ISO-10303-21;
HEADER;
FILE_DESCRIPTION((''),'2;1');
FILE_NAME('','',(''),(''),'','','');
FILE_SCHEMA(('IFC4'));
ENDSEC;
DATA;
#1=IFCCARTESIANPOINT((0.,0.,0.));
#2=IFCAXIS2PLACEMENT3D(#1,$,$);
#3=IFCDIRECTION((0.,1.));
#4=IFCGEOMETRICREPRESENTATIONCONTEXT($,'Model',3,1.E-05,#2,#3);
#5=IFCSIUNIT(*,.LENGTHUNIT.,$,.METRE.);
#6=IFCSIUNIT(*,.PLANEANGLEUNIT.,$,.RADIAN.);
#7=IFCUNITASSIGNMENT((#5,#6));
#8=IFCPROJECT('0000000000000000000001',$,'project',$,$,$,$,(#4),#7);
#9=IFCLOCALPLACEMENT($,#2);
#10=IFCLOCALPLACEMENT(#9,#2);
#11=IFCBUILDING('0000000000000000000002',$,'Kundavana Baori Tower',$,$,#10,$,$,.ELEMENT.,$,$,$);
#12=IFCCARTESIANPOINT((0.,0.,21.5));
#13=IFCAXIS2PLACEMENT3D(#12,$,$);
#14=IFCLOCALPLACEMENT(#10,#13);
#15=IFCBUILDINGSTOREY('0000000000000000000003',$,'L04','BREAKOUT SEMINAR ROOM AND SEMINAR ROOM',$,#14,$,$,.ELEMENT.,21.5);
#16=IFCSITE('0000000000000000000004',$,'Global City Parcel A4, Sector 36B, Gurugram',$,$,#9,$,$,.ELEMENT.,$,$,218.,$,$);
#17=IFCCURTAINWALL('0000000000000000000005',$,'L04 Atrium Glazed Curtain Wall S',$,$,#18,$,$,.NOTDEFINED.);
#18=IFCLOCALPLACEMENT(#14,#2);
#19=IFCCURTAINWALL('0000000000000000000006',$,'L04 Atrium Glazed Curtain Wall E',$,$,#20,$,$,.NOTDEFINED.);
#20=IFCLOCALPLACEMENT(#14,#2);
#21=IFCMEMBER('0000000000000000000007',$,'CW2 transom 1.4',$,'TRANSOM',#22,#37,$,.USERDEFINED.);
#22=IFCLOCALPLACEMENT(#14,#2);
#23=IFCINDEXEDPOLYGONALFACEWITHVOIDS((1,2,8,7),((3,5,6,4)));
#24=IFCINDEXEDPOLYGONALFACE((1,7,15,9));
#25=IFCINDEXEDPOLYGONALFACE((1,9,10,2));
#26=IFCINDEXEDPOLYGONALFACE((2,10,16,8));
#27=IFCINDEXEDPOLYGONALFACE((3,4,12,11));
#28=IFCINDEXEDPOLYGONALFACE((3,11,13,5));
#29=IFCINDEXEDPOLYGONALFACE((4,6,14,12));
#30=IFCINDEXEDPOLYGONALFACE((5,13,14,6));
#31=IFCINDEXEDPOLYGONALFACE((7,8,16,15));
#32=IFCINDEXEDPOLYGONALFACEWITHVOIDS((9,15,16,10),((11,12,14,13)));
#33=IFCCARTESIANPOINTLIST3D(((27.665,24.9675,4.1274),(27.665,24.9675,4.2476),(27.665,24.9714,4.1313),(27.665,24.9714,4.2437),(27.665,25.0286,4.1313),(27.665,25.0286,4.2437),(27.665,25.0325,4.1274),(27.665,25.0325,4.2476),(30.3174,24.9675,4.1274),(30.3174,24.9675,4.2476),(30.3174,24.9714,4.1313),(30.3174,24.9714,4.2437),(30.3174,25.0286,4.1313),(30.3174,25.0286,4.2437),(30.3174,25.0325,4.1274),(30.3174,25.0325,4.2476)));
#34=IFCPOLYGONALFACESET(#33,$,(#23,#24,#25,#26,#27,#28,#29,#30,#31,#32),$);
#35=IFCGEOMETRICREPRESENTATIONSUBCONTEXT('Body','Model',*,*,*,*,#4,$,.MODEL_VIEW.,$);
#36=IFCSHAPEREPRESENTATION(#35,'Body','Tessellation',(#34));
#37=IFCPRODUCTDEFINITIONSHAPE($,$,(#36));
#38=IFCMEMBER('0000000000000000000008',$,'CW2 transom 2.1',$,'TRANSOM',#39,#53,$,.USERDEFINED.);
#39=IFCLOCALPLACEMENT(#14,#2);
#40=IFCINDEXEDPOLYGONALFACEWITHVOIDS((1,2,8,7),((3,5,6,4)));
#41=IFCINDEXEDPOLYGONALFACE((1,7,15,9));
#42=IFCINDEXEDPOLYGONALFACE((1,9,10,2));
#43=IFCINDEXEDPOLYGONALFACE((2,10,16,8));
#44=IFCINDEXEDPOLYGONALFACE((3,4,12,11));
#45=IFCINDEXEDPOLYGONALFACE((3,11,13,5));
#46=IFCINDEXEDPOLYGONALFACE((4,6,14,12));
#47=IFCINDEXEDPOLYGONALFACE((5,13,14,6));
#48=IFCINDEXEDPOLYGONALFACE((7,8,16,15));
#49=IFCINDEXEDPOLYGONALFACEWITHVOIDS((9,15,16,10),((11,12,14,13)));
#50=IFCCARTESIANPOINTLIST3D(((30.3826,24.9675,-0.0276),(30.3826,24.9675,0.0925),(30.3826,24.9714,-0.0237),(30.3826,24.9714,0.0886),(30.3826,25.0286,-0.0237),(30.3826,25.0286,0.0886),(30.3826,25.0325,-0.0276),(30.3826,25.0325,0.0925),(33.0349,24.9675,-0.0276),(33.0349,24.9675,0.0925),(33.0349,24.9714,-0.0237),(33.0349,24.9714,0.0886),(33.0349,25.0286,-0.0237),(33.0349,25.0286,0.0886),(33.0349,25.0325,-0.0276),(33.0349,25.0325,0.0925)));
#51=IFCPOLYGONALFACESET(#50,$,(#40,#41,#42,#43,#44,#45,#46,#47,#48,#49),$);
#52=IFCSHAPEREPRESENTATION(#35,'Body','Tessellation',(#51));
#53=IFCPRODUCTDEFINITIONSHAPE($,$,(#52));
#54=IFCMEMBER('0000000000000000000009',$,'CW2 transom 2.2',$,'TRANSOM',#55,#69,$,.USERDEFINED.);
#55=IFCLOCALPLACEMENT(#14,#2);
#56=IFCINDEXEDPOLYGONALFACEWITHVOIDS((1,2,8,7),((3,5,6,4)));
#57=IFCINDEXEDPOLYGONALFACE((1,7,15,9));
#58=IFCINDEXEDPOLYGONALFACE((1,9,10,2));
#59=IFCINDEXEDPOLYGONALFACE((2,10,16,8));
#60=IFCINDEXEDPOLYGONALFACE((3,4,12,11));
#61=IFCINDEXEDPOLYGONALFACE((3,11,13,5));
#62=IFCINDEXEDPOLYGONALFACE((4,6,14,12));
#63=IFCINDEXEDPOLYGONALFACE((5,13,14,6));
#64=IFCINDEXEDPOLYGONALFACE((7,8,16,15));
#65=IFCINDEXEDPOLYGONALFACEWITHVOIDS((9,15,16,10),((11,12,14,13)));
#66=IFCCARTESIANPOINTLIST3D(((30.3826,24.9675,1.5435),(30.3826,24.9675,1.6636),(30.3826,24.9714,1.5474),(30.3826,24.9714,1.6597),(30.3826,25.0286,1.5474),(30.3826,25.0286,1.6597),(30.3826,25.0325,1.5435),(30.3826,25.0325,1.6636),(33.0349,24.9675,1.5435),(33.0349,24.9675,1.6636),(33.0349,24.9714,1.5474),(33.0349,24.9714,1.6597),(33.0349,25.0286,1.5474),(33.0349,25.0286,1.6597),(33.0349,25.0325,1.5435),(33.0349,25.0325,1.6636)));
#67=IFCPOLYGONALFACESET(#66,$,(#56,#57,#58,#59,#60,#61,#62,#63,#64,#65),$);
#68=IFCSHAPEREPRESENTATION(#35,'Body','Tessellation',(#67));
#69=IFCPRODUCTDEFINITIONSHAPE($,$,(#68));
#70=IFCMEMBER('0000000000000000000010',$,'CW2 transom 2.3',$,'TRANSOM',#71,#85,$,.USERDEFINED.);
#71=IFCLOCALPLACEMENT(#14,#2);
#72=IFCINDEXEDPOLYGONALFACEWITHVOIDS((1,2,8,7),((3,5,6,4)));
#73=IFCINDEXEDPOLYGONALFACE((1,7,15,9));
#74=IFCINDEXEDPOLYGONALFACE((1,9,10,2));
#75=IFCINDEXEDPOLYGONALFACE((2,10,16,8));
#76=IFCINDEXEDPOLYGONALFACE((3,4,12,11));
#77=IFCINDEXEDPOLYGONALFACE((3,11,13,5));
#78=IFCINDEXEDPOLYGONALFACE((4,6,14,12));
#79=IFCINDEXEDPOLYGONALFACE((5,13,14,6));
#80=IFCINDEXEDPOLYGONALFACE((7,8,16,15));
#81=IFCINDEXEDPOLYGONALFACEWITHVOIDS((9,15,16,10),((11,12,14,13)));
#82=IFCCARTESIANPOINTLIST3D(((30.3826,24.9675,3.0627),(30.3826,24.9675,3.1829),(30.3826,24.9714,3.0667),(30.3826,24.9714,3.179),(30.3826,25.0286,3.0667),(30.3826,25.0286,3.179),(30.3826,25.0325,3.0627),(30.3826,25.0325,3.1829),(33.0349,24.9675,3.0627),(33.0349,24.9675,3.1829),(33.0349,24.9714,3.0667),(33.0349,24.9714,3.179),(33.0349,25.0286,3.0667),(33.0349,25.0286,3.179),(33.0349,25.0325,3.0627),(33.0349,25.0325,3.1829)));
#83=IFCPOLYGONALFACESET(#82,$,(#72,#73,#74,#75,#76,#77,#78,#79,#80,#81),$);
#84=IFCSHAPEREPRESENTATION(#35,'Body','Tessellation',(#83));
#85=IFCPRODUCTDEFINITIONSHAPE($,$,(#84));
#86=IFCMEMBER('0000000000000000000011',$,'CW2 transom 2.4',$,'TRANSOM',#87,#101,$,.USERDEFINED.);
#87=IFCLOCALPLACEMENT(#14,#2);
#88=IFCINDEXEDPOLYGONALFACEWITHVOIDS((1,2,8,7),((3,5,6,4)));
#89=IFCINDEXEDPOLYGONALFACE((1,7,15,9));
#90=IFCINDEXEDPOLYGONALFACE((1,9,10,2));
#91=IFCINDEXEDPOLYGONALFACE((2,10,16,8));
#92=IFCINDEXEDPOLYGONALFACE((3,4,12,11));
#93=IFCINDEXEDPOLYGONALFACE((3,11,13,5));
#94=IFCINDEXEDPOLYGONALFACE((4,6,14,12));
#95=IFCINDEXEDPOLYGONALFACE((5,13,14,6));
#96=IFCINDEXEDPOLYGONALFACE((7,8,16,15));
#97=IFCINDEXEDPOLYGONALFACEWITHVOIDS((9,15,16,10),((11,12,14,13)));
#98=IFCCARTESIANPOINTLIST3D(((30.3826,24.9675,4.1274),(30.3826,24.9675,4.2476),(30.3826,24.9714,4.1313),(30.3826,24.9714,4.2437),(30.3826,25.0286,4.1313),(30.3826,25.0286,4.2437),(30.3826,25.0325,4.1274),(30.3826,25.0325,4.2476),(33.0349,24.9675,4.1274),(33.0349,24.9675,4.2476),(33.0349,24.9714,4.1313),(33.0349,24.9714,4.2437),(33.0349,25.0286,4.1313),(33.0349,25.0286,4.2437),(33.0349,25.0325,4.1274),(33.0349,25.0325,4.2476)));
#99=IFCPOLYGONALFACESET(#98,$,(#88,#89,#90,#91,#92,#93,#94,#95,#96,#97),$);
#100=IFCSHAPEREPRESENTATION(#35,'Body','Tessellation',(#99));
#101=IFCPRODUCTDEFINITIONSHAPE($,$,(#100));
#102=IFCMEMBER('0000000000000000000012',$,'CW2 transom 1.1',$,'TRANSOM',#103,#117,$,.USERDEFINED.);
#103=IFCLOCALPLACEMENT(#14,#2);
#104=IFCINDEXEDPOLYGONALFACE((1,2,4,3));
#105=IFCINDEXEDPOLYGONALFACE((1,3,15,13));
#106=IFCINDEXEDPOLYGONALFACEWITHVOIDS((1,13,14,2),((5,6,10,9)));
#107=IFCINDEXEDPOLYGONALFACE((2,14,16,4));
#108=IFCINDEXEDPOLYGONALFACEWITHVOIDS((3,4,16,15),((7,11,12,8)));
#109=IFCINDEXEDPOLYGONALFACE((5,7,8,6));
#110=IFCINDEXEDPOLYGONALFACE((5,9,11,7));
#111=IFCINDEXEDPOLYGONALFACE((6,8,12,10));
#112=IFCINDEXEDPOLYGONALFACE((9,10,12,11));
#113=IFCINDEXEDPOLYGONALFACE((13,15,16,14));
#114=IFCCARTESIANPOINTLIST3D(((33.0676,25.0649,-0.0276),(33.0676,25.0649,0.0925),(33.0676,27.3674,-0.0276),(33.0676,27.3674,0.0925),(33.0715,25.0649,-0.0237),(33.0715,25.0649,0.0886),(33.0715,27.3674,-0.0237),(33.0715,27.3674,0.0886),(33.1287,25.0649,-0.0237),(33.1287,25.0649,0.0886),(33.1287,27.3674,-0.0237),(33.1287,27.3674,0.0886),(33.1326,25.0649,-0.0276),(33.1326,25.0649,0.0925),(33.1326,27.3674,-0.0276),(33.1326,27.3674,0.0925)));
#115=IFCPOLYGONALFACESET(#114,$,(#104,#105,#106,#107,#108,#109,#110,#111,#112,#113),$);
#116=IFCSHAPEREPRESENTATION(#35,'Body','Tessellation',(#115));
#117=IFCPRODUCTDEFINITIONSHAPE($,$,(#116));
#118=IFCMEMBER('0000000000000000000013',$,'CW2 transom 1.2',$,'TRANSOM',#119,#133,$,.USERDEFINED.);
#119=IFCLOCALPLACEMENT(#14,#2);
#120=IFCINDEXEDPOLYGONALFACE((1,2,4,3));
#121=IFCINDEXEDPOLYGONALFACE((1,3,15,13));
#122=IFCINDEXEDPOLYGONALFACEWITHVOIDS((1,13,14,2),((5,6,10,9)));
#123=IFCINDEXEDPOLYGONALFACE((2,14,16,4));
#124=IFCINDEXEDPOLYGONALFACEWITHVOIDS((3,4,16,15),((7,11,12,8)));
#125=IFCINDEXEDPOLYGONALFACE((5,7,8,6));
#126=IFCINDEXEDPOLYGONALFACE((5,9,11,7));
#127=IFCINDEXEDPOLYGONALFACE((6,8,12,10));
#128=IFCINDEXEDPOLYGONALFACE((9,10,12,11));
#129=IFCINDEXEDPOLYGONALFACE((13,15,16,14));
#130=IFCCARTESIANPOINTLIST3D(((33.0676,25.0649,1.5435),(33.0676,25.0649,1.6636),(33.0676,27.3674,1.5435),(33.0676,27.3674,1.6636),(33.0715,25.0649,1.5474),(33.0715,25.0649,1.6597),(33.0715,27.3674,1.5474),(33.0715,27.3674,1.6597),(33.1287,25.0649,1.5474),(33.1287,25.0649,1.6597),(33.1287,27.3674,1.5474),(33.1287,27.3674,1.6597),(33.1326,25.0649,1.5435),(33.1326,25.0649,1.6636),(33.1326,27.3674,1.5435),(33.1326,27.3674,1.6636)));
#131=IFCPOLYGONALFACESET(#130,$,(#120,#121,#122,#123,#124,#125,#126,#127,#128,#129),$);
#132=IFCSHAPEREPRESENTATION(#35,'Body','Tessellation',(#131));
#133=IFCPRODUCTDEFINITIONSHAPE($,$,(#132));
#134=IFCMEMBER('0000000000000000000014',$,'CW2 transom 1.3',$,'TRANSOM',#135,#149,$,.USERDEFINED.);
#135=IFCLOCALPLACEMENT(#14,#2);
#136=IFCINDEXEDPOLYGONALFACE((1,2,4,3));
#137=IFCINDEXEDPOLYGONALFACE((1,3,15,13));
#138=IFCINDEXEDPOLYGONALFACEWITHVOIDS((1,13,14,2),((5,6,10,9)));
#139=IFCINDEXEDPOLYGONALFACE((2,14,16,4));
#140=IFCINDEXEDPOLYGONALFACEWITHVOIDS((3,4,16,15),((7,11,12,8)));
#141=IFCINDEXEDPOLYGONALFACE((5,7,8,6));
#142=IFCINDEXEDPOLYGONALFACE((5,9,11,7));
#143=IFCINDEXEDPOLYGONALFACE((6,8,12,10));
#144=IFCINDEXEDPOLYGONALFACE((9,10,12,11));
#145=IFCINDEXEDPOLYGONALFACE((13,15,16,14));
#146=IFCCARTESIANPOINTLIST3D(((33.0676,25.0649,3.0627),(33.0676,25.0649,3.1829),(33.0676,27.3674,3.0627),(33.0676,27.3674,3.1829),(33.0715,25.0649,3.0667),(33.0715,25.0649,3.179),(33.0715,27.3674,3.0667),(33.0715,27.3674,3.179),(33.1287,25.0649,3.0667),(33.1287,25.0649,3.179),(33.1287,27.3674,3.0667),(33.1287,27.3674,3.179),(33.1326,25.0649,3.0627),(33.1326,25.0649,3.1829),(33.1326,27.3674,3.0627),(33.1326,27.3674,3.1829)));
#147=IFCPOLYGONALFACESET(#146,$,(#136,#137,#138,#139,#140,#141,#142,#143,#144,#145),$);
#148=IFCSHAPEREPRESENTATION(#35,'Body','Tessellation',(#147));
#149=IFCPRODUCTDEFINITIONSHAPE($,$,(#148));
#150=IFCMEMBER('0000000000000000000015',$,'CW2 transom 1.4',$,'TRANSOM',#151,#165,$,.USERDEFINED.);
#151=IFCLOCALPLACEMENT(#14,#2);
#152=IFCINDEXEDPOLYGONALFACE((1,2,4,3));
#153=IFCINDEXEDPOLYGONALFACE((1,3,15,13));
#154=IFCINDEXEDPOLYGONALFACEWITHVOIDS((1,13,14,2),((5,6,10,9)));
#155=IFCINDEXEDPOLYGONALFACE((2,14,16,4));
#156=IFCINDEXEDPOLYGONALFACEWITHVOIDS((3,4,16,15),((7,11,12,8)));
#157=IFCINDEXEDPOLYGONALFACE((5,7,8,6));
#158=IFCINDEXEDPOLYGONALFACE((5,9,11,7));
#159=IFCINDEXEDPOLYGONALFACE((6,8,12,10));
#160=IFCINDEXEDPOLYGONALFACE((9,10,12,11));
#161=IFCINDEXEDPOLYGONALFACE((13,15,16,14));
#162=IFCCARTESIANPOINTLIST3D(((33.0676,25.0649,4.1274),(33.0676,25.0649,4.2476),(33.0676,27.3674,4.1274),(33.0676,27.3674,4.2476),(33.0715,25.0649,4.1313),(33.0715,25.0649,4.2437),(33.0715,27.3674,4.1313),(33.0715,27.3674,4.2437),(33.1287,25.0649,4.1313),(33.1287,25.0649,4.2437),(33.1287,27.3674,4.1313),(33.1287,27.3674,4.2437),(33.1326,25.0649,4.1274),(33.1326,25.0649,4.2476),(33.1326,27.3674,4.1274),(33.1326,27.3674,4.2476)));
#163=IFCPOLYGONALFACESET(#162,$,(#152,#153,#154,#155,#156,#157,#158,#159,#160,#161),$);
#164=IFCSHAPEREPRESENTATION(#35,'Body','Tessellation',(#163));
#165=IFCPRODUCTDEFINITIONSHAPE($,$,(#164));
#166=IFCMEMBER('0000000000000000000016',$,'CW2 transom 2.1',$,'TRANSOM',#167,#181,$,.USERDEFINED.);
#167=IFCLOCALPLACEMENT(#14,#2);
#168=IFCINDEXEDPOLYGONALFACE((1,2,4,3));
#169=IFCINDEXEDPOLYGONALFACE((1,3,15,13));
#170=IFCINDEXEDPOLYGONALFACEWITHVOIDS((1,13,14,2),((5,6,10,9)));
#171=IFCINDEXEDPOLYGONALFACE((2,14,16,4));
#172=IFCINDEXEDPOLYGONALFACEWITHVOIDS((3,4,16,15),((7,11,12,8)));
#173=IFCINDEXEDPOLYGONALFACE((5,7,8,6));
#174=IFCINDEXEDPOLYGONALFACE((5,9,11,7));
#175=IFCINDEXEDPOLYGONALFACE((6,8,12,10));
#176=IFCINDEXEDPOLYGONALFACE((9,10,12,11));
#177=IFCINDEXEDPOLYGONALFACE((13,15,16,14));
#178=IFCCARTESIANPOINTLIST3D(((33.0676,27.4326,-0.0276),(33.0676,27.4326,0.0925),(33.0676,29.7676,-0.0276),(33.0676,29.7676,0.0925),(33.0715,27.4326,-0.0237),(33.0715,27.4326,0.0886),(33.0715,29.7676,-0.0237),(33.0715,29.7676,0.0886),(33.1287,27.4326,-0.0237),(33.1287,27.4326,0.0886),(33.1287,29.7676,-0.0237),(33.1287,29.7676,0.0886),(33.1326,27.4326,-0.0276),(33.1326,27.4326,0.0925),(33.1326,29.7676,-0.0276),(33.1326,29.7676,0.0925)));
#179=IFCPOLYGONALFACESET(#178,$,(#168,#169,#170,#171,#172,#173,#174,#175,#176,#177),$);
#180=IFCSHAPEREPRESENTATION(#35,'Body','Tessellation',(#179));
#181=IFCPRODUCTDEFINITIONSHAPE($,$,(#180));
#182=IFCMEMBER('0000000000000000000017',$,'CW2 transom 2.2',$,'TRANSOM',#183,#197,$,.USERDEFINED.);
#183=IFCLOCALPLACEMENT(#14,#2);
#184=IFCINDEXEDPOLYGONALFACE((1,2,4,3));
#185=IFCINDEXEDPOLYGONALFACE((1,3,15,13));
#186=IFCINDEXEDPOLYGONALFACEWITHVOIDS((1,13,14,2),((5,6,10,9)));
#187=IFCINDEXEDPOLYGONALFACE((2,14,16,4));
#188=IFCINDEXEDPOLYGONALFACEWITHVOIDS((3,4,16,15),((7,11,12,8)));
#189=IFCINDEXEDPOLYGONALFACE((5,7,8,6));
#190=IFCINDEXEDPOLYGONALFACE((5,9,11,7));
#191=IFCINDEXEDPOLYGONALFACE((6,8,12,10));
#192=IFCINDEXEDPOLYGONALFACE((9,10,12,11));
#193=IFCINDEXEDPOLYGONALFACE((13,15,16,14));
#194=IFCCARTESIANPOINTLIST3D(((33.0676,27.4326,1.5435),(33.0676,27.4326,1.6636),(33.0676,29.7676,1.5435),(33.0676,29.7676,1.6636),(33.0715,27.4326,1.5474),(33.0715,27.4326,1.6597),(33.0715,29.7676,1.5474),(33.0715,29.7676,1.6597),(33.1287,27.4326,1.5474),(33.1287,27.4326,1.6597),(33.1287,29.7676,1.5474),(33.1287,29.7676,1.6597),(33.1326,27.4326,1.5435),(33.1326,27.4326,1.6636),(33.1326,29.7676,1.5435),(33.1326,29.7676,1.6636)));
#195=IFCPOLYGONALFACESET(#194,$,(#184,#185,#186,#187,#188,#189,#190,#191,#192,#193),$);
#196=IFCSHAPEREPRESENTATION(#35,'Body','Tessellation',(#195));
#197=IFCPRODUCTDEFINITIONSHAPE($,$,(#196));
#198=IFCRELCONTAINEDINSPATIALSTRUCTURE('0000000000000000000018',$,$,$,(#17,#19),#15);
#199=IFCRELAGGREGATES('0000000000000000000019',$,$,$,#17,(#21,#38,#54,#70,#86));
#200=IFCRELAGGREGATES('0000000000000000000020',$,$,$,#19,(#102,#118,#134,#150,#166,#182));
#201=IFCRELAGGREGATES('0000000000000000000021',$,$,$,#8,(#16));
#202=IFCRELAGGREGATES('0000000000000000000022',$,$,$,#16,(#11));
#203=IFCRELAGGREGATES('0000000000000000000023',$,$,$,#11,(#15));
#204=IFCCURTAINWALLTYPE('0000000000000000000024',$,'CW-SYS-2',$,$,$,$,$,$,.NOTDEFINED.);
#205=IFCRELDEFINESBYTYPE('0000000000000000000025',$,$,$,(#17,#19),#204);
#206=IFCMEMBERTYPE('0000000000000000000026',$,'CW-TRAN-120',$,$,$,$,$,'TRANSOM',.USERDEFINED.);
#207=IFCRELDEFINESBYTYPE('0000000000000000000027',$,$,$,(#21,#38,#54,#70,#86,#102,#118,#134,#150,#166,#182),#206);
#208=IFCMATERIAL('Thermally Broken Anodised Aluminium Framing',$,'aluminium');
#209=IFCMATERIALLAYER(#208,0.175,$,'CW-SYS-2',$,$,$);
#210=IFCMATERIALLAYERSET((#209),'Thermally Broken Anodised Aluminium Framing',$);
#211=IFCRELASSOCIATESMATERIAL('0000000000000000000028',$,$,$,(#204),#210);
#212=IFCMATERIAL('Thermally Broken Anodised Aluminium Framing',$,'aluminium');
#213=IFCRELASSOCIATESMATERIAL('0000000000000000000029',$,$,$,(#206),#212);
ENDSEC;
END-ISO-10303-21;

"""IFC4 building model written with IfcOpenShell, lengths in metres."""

from ifc_helpers import new_model, si_unit, direction, frame, origin, origin_2d, place, context, subcontext, project, spatial, hollow_rectangle, extrude, material, layer, layer_set, material_profile, profile_set, type_object, element, aggregate, save


model = new_model("IFC4")

# Units and contexts
model_context = context("Model", 3, precision=1e-05, world=origin(), true_north=direction((0.0, 1.0)))
body_context = subcontext(model_context, "Body", "Model", "MODEL_VIEW")
ifc_project = project(units=[si_unit("LENGTHUNIT", "METRE"), si_unit("PLANEANGLEUNIT", "RADIAN")], contexts=[model_context])

# Site, building, storey
site_placement = place(None, origin())
site = spatial("IfcSite", under=ifc_project, at=site_placement, Name="Global City Parcel A4, Sector 36B, Gurugram", CompositionType="ELEMENT", RefElevation=218.0)
building_placement = place(site_placement, origin())
building = spatial("IfcBuilding", under=site, at=building_placement, Name="Kundavana Baori Tower", CompositionType="ELEMENT")
storey_placement = place(building_placement, frame((0.0, 0.0, 21.5)))
storey = spatial("IfcBuildingStorey", under=building, at=storey_placement, Name="L04", Description="BREAKOUT SEMINAR ROOM AND SEMINAR ROOM", CompositionType="ELEMENT", Elevation=21.5)

# Curtain walls
ifc_material_1 = material(Name="Thermally Broken Anodised Aluminium Framing", Category="aluminium")
ifc_layer_1 = layer(ifc_material_1, 0.175, Name="CW-SYS-2")
ifc_layer_set_1 = layer_set([ifc_layer_1], Name="Thermally Broken Anodised Aluminium Framing")
curtain_wall_type = type_object("IfcCurtainWallType", Name="CW-SYS-2", PredefinedType="NOTDEFINED", material=ifc_layer_set_1)
curtain_wall_1_placement = place(storey_placement, origin())
curtain_wall_1 = element("IfcCurtainWall", 1, at=curtain_wall_1_placement, inside=storey, type_object=curtain_wall_type, Name="L04 Atrium Glazed Curtain Wall S", PredefinedType="NOTDEFINED")
curtain_wall_2_placement = place(storey_placement, origin())
curtain_wall_2 = element("IfcCurtainWall", 2, at=curtain_wall_2_placement, inside=storey, type_object=curtain_wall_type, Name="L04 Atrium Glazed Curtain Wall E", PredefinedType="NOTDEFINED")

# Members
ifc_material_2 = material(Name="Thermally Broken Anodised Aluminium Framing", Category="aluminium")
ifc_material_profile_1 = material_profile(ifc_material_2, hollow_rectangle(XDim=0.0649, YDim=0.1201, WallThickness=0.0039, at=origin_2d()), Name="CW-TRAN-120")
ifc_profile_set_1 = profile_set([ifc_material_profile_1], Name="Thermally Broken Anodised Aluminium Framing")
member_type_1 = type_object("IfcMemberType", Name="CW-TRAN-120", ElementType="TRANSOM", PredefinedType="USERDEFINED", material=ifc_profile_set_1)
member_1_placement = place(storey_placement, frame((27.665, 25.0, 4.1875), z_axis=(1.0, 0.0, 0.0), x_axis=(0.0, 1.0, 0.0)))
member_1 = element("IfcMember", 3, at=member_1_placement, type_object=member_type_1, Name="CW2 transom 1.4", ObjectType="TRANSOM", PredefinedType="USERDEFINED", context=body_context, shape_type="SweptSolid", body=[
    extrude(hollow_rectangle(XDim=0.0649, YDim=0.1201, WallThickness=0.0039, at=origin_2d()), origin(), (0.0, 0.0, 1.0), 2.6523),
])
member_2_placement = place(storey_placement, frame((30.3826, 25.0, 0.0325), z_axis=(1.0, 0.0, 0.0), x_axis=(0.0, 1.0, 0.0)))
member_2 = element("IfcMember", 4, at=member_2_placement, type_object=member_type_1, Name="CW2 transom 2.1", ObjectType="TRANSOM", PredefinedType="USERDEFINED", context=body_context, shape_type="SweptSolid", body=[
    extrude(hollow_rectangle(XDim=0.0649, YDim=0.1201, WallThickness=0.0039, at=origin_2d()), origin(), (0.0, 0.0, 1.0), 2.6523),
])
member_3_placement = place(storey_placement, frame((30.3826, 25.0, 1.6035), z_axis=(1.0, 0.0, 0.0), x_axis=(0.0, 1.0, 0.0)))
member_3 = element("IfcMember", 5, at=member_3_placement, type_object=member_type_1, Name="CW2 transom 2.2", ObjectType="TRANSOM", PredefinedType="USERDEFINED", context=body_context, shape_type="SweptSolid", body=[
    extrude(hollow_rectangle(XDim=0.0649, YDim=0.1201, WallThickness=0.0039, at=origin_2d()), origin(), (0.0, 0.0, 1.0), 2.6523),
])
member_4_placement = place(storey_placement, frame((30.3826, 25.0, 3.1228), z_axis=(1.0, 0.0, 0.0), x_axis=(0.0, 1.0, 0.0)))
member_4 = element("IfcMember", 6, at=member_4_placement, type_object=member_type_1, Name="CW2 transom 2.3", ObjectType="TRANSOM", PredefinedType="USERDEFINED", context=body_context, shape_type="SweptSolid", body=[
    extrude(hollow_rectangle(XDim=0.0649, YDim=0.1201, WallThickness=0.0039, at=origin_2d()), origin(), (0.0, 0.0, 1.0), 2.6523),
])
member_5_placement = place(storey_placement, frame((30.3826, 25.0, 4.1875), z_axis=(1.0, 0.0, 0.0), x_axis=(0.0, 1.0, 0.0)))
member_5 = element("IfcMember", 7, at=member_5_placement, type_object=member_type_1, Name="CW2 transom 2.4", ObjectType="TRANSOM", PredefinedType="USERDEFINED", context=body_context, shape_type="SweptSolid", body=[
    extrude(hollow_rectangle(XDim=0.0649, YDim=0.1201, WallThickness=0.0039, at=origin_2d()), origin(), (0.0, 0.0, 1.0), 2.6523),
])
member_6_placement = place(storey_placement, frame((33.1001, 25.0649, 0.0325), z_axis=(0.0, 1.0, 0.0), x_axis=(-1.0, 0.0, 0.0)))
member_6 = element("IfcMember", 8, at=member_6_placement, type_object=member_type_1, Name="CW2 transom 1.1", ObjectType="TRANSOM", PredefinedType="USERDEFINED", context=body_context, shape_type="SweptSolid", body=[
    extrude(hollow_rectangle(XDim=0.0649, YDim=0.1201, WallThickness=0.0039, at=origin_2d()), origin(), (0.0, 0.0, 1.0), 2.3025),
])
member_7_placement = place(storey_placement, frame((33.1001, 25.0649, 1.6035), z_axis=(0.0, 1.0, 0.0), x_axis=(-1.0, 0.0, 0.0)))
member_7 = element("IfcMember", 9, at=member_7_placement, type_object=member_type_1, Name="CW2 transom 1.2", ObjectType="TRANSOM", PredefinedType="USERDEFINED", context=body_context, shape_type="SweptSolid", body=[
    extrude(hollow_rectangle(XDim=0.0649, YDim=0.1201, WallThickness=0.0039, at=origin_2d()), origin(), (0.0, 0.0, 1.0), 2.3025),
])
member_8_placement = place(storey_placement, frame((33.1001, 25.0649, 3.1228), z_axis=(0.0, 1.0, 0.0), x_axis=(-1.0, 0.0, 0.0)))
member_8 = element("IfcMember", 10, at=member_8_placement, type_object=member_type_1, Name="CW2 transom 1.3", ObjectType="TRANSOM", PredefinedType="USERDEFINED", context=body_context, shape_type="SweptSolid", body=[
    extrude(hollow_rectangle(XDim=0.0649, YDim=0.1201, WallThickness=0.0039, at=origin_2d()), origin(), (0.0, 0.0, 1.0), 2.3025),
])
member_9_placement = place(storey_placement, frame((33.1001, 25.0649, 4.1875), z_axis=(0.0, 1.0, 0.0), x_axis=(-1.0, 0.0, 0.0)))
member_9 = element("IfcMember", 11, at=member_9_placement, type_object=member_type_1, Name="CW2 transom 1.4", ObjectType="TRANSOM", PredefinedType="USERDEFINED", context=body_context, shape_type="SweptSolid", body=[
    extrude(hollow_rectangle(XDim=0.0649, YDim=0.1201, WallThickness=0.0039, at=origin_2d()), origin(), (0.0, 0.0, 1.0), 2.3025),
])
member_10_placement = place(storey_placement, frame((33.1001, 27.4326, 0.0325), z_axis=(0.0, 1.0, 0.0), x_axis=(-1.0, 0.0, 0.0)))
member_10 = element("IfcMember", 12, at=member_10_placement, type_object=member_type_1, Name="CW2 transom 2.1", ObjectType="TRANSOM", PredefinedType="USERDEFINED", context=body_context, shape_type="SweptSolid", body=[
    extrude(hollow_rectangle(XDim=0.0649, YDim=0.1201, WallThickness=0.0039, at=origin_2d()), origin(), (0.0, 0.0, 1.0), 2.335),
])
member_11_placement = place(storey_placement, frame((33.1001, 27.4326, 1.6035), z_axis=(0.0, 1.0, 0.0), x_axis=(-1.0, 0.0, 0.0)))
member_11 = element("IfcMember", 13, at=member_11_placement, type_object=member_type_1, Name="CW2 transom 2.2", ObjectType="TRANSOM", PredefinedType="USERDEFINED", context=body_context, shape_type="SweptSolid", body=[
    extrude(hollow_rectangle(XDim=0.0649, YDim=0.1201, WallThickness=0.0039, at=origin_2d()), origin(), (0.0, 0.0, 1.0), 2.335),
])

aggregate(curtain_wall_1, [member_1, member_2, member_3, member_4, member_5])
aggregate(curtain_wall_2, [member_6, member_7, member_8, member_9, member_10, member_11])

save(model, "model.ifc")
